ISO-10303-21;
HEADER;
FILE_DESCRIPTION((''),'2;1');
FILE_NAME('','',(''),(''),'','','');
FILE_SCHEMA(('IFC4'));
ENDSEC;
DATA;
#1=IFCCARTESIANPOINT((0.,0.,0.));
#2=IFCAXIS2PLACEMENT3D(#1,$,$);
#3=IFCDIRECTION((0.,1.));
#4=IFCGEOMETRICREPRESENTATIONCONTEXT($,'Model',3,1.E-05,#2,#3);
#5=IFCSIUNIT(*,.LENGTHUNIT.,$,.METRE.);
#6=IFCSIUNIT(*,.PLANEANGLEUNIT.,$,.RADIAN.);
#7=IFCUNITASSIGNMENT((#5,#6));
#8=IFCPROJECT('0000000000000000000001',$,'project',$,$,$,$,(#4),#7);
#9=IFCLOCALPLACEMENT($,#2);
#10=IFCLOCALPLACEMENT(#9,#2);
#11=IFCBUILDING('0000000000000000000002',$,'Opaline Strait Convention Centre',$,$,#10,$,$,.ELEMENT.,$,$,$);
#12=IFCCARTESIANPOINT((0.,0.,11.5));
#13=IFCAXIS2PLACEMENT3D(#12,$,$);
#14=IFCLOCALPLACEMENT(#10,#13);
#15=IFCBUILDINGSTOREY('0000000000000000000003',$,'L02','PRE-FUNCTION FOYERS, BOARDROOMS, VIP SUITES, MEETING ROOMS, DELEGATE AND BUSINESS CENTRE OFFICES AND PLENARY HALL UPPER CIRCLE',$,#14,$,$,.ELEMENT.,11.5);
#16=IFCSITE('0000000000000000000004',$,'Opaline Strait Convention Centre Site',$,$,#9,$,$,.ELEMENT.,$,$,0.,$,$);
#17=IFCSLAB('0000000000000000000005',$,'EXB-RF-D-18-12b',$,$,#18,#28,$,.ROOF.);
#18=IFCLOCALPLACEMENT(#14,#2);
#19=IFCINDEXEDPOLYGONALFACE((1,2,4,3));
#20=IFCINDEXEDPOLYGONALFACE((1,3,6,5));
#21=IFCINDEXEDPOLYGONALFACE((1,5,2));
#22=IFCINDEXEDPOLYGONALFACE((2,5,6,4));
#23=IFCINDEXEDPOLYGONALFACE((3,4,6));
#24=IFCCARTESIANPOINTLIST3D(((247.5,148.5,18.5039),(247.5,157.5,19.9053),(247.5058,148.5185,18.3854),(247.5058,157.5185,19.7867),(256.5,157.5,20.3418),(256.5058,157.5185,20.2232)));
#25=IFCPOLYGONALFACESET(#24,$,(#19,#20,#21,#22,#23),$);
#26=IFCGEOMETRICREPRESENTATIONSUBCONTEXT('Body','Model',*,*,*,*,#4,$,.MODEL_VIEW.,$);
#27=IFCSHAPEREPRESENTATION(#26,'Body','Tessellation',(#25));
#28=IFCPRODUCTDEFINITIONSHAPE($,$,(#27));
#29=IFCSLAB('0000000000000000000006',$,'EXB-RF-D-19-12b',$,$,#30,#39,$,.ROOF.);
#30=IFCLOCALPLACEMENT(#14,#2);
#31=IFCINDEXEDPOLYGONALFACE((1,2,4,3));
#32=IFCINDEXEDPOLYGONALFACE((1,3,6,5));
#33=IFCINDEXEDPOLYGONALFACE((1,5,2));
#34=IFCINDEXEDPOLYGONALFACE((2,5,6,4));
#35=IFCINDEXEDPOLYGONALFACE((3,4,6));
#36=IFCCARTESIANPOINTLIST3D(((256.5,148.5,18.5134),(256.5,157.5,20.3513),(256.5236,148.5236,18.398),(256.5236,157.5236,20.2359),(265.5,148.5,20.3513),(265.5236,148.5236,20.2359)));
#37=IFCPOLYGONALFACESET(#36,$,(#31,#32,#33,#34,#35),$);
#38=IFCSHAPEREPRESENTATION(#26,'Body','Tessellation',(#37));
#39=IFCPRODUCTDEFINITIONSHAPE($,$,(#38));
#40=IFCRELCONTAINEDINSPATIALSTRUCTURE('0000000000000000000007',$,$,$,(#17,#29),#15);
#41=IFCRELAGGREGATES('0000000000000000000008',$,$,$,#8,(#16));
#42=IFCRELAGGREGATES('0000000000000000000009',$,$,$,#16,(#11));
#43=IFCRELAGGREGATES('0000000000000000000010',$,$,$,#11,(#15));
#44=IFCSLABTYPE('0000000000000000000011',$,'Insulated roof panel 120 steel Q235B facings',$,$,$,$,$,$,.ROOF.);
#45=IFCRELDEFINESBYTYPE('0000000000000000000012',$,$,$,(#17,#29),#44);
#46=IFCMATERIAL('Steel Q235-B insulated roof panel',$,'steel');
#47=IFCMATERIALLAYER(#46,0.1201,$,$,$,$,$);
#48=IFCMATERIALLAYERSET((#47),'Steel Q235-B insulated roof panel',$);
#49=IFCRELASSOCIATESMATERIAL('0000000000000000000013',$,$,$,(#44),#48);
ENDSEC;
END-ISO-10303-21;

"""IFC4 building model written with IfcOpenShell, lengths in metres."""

from ifc_helpers import new_model, si_unit, direction, frame, origin, place, context, subcontext, project, spatial, polyline, outline, extrude, material, layer, layer_set, type_object, element, save


model = new_model("IFC4")

# Units and contexts
model_context = context("Model", 3, precision=1e-05, world=origin(), true_north=direction((0.0, 1.0)))
body_context = subcontext(model_context, "Body", "Model", "MODEL_VIEW")
ifc_project = project(units=[si_unit("LENGTHUNIT", "METRE"), si_unit("PLANEANGLEUNIT", "RADIAN")], contexts=[model_context])

# Site, building, storey
site_placement = place(None, origin())
site = spatial("IfcSite", under=ifc_project, at=site_placement, Name="Opaline Strait Convention Centre Site", CompositionType="ELEMENT", RefElevation=0.0)
building_placement = place(site_placement, origin())
building = spatial("IfcBuilding", under=site, at=building_placement, Name="Opaline Strait Convention Centre", CompositionType="ELEMENT")
storey_placement = place(building_placement, frame((0.0, 0.0, 11.5)))
storey = spatial("IfcBuildingStorey", under=building, at=storey_placement, Name="L02", Description="PRE-FUNCTION FOYERS, BOARDROOMS, VIP SUITES, MEETING ROOMS, DELEGATE AND BUSINESS CENTRE OFFICES AND PLENARY HALL UPPER CIRCLE", CompositionType="ELEMENT", Elevation=11.5)

# Slabs
ifc_material_1 = material(Name="Steel Q235-B insulated roof panel", Category="steel")
ifc_layer = layer(ifc_material_1, 0.1201)
ifc_layer_set = layer_set([ifc_layer], Name="Steel Q235-B insulated roof panel")
slab_type = type_object("IfcSlabType", Name="Insulated roof panel 120 steel Q235B facings", PredefinedType="ROOF", material=ifc_layer_set)
slab_1_placement = place(storey_placement, frame((247.5, 148.5, 18.5039), z_axis=(-0.04787, -0.153677, 0.986961), x_axis=(0.699848, 0.699848, 0.142916)))
element("IfcSlab", 1, at=slab_1_placement, inside=storey, type_object=slab_type, Name="EXB-RF-D-18-12b", PredefinedType="ROOF", context=body_context, shape_type="SweptSolid", body=[
    extrude(outline(polyline([(0.0, 0.0), (12.8599, 0.0), (6.4989, 6.3818), (0.0, 0.0)])), origin(), (0.0, 0.0, -1.0), 0.1201),
])
slab_2_placement = place(storey_placement, frame((256.5, 148.5, 18.5134), z_axis=(-0.196192, -0.196192, 0.960738), x_axis=(0.979779, 0.0, 0.200081)))
element("IfcSlab", 2, at=slab_2_placement, inside=storey, type_object=slab_type, Name="EXB-RF-D-19-12b", PredefinedType="ROOF", context=body_context, shape_type="SweptSolid", body=[
    extrude(outline(polyline([(0.0, 0.0), (9.1857, 0.0), (0.3677, 9.1784), (0.0, 0.0)])), origin(), (0.0, 0.0, -1.0), 0.1201),
])

save(model, "model.ifc")
